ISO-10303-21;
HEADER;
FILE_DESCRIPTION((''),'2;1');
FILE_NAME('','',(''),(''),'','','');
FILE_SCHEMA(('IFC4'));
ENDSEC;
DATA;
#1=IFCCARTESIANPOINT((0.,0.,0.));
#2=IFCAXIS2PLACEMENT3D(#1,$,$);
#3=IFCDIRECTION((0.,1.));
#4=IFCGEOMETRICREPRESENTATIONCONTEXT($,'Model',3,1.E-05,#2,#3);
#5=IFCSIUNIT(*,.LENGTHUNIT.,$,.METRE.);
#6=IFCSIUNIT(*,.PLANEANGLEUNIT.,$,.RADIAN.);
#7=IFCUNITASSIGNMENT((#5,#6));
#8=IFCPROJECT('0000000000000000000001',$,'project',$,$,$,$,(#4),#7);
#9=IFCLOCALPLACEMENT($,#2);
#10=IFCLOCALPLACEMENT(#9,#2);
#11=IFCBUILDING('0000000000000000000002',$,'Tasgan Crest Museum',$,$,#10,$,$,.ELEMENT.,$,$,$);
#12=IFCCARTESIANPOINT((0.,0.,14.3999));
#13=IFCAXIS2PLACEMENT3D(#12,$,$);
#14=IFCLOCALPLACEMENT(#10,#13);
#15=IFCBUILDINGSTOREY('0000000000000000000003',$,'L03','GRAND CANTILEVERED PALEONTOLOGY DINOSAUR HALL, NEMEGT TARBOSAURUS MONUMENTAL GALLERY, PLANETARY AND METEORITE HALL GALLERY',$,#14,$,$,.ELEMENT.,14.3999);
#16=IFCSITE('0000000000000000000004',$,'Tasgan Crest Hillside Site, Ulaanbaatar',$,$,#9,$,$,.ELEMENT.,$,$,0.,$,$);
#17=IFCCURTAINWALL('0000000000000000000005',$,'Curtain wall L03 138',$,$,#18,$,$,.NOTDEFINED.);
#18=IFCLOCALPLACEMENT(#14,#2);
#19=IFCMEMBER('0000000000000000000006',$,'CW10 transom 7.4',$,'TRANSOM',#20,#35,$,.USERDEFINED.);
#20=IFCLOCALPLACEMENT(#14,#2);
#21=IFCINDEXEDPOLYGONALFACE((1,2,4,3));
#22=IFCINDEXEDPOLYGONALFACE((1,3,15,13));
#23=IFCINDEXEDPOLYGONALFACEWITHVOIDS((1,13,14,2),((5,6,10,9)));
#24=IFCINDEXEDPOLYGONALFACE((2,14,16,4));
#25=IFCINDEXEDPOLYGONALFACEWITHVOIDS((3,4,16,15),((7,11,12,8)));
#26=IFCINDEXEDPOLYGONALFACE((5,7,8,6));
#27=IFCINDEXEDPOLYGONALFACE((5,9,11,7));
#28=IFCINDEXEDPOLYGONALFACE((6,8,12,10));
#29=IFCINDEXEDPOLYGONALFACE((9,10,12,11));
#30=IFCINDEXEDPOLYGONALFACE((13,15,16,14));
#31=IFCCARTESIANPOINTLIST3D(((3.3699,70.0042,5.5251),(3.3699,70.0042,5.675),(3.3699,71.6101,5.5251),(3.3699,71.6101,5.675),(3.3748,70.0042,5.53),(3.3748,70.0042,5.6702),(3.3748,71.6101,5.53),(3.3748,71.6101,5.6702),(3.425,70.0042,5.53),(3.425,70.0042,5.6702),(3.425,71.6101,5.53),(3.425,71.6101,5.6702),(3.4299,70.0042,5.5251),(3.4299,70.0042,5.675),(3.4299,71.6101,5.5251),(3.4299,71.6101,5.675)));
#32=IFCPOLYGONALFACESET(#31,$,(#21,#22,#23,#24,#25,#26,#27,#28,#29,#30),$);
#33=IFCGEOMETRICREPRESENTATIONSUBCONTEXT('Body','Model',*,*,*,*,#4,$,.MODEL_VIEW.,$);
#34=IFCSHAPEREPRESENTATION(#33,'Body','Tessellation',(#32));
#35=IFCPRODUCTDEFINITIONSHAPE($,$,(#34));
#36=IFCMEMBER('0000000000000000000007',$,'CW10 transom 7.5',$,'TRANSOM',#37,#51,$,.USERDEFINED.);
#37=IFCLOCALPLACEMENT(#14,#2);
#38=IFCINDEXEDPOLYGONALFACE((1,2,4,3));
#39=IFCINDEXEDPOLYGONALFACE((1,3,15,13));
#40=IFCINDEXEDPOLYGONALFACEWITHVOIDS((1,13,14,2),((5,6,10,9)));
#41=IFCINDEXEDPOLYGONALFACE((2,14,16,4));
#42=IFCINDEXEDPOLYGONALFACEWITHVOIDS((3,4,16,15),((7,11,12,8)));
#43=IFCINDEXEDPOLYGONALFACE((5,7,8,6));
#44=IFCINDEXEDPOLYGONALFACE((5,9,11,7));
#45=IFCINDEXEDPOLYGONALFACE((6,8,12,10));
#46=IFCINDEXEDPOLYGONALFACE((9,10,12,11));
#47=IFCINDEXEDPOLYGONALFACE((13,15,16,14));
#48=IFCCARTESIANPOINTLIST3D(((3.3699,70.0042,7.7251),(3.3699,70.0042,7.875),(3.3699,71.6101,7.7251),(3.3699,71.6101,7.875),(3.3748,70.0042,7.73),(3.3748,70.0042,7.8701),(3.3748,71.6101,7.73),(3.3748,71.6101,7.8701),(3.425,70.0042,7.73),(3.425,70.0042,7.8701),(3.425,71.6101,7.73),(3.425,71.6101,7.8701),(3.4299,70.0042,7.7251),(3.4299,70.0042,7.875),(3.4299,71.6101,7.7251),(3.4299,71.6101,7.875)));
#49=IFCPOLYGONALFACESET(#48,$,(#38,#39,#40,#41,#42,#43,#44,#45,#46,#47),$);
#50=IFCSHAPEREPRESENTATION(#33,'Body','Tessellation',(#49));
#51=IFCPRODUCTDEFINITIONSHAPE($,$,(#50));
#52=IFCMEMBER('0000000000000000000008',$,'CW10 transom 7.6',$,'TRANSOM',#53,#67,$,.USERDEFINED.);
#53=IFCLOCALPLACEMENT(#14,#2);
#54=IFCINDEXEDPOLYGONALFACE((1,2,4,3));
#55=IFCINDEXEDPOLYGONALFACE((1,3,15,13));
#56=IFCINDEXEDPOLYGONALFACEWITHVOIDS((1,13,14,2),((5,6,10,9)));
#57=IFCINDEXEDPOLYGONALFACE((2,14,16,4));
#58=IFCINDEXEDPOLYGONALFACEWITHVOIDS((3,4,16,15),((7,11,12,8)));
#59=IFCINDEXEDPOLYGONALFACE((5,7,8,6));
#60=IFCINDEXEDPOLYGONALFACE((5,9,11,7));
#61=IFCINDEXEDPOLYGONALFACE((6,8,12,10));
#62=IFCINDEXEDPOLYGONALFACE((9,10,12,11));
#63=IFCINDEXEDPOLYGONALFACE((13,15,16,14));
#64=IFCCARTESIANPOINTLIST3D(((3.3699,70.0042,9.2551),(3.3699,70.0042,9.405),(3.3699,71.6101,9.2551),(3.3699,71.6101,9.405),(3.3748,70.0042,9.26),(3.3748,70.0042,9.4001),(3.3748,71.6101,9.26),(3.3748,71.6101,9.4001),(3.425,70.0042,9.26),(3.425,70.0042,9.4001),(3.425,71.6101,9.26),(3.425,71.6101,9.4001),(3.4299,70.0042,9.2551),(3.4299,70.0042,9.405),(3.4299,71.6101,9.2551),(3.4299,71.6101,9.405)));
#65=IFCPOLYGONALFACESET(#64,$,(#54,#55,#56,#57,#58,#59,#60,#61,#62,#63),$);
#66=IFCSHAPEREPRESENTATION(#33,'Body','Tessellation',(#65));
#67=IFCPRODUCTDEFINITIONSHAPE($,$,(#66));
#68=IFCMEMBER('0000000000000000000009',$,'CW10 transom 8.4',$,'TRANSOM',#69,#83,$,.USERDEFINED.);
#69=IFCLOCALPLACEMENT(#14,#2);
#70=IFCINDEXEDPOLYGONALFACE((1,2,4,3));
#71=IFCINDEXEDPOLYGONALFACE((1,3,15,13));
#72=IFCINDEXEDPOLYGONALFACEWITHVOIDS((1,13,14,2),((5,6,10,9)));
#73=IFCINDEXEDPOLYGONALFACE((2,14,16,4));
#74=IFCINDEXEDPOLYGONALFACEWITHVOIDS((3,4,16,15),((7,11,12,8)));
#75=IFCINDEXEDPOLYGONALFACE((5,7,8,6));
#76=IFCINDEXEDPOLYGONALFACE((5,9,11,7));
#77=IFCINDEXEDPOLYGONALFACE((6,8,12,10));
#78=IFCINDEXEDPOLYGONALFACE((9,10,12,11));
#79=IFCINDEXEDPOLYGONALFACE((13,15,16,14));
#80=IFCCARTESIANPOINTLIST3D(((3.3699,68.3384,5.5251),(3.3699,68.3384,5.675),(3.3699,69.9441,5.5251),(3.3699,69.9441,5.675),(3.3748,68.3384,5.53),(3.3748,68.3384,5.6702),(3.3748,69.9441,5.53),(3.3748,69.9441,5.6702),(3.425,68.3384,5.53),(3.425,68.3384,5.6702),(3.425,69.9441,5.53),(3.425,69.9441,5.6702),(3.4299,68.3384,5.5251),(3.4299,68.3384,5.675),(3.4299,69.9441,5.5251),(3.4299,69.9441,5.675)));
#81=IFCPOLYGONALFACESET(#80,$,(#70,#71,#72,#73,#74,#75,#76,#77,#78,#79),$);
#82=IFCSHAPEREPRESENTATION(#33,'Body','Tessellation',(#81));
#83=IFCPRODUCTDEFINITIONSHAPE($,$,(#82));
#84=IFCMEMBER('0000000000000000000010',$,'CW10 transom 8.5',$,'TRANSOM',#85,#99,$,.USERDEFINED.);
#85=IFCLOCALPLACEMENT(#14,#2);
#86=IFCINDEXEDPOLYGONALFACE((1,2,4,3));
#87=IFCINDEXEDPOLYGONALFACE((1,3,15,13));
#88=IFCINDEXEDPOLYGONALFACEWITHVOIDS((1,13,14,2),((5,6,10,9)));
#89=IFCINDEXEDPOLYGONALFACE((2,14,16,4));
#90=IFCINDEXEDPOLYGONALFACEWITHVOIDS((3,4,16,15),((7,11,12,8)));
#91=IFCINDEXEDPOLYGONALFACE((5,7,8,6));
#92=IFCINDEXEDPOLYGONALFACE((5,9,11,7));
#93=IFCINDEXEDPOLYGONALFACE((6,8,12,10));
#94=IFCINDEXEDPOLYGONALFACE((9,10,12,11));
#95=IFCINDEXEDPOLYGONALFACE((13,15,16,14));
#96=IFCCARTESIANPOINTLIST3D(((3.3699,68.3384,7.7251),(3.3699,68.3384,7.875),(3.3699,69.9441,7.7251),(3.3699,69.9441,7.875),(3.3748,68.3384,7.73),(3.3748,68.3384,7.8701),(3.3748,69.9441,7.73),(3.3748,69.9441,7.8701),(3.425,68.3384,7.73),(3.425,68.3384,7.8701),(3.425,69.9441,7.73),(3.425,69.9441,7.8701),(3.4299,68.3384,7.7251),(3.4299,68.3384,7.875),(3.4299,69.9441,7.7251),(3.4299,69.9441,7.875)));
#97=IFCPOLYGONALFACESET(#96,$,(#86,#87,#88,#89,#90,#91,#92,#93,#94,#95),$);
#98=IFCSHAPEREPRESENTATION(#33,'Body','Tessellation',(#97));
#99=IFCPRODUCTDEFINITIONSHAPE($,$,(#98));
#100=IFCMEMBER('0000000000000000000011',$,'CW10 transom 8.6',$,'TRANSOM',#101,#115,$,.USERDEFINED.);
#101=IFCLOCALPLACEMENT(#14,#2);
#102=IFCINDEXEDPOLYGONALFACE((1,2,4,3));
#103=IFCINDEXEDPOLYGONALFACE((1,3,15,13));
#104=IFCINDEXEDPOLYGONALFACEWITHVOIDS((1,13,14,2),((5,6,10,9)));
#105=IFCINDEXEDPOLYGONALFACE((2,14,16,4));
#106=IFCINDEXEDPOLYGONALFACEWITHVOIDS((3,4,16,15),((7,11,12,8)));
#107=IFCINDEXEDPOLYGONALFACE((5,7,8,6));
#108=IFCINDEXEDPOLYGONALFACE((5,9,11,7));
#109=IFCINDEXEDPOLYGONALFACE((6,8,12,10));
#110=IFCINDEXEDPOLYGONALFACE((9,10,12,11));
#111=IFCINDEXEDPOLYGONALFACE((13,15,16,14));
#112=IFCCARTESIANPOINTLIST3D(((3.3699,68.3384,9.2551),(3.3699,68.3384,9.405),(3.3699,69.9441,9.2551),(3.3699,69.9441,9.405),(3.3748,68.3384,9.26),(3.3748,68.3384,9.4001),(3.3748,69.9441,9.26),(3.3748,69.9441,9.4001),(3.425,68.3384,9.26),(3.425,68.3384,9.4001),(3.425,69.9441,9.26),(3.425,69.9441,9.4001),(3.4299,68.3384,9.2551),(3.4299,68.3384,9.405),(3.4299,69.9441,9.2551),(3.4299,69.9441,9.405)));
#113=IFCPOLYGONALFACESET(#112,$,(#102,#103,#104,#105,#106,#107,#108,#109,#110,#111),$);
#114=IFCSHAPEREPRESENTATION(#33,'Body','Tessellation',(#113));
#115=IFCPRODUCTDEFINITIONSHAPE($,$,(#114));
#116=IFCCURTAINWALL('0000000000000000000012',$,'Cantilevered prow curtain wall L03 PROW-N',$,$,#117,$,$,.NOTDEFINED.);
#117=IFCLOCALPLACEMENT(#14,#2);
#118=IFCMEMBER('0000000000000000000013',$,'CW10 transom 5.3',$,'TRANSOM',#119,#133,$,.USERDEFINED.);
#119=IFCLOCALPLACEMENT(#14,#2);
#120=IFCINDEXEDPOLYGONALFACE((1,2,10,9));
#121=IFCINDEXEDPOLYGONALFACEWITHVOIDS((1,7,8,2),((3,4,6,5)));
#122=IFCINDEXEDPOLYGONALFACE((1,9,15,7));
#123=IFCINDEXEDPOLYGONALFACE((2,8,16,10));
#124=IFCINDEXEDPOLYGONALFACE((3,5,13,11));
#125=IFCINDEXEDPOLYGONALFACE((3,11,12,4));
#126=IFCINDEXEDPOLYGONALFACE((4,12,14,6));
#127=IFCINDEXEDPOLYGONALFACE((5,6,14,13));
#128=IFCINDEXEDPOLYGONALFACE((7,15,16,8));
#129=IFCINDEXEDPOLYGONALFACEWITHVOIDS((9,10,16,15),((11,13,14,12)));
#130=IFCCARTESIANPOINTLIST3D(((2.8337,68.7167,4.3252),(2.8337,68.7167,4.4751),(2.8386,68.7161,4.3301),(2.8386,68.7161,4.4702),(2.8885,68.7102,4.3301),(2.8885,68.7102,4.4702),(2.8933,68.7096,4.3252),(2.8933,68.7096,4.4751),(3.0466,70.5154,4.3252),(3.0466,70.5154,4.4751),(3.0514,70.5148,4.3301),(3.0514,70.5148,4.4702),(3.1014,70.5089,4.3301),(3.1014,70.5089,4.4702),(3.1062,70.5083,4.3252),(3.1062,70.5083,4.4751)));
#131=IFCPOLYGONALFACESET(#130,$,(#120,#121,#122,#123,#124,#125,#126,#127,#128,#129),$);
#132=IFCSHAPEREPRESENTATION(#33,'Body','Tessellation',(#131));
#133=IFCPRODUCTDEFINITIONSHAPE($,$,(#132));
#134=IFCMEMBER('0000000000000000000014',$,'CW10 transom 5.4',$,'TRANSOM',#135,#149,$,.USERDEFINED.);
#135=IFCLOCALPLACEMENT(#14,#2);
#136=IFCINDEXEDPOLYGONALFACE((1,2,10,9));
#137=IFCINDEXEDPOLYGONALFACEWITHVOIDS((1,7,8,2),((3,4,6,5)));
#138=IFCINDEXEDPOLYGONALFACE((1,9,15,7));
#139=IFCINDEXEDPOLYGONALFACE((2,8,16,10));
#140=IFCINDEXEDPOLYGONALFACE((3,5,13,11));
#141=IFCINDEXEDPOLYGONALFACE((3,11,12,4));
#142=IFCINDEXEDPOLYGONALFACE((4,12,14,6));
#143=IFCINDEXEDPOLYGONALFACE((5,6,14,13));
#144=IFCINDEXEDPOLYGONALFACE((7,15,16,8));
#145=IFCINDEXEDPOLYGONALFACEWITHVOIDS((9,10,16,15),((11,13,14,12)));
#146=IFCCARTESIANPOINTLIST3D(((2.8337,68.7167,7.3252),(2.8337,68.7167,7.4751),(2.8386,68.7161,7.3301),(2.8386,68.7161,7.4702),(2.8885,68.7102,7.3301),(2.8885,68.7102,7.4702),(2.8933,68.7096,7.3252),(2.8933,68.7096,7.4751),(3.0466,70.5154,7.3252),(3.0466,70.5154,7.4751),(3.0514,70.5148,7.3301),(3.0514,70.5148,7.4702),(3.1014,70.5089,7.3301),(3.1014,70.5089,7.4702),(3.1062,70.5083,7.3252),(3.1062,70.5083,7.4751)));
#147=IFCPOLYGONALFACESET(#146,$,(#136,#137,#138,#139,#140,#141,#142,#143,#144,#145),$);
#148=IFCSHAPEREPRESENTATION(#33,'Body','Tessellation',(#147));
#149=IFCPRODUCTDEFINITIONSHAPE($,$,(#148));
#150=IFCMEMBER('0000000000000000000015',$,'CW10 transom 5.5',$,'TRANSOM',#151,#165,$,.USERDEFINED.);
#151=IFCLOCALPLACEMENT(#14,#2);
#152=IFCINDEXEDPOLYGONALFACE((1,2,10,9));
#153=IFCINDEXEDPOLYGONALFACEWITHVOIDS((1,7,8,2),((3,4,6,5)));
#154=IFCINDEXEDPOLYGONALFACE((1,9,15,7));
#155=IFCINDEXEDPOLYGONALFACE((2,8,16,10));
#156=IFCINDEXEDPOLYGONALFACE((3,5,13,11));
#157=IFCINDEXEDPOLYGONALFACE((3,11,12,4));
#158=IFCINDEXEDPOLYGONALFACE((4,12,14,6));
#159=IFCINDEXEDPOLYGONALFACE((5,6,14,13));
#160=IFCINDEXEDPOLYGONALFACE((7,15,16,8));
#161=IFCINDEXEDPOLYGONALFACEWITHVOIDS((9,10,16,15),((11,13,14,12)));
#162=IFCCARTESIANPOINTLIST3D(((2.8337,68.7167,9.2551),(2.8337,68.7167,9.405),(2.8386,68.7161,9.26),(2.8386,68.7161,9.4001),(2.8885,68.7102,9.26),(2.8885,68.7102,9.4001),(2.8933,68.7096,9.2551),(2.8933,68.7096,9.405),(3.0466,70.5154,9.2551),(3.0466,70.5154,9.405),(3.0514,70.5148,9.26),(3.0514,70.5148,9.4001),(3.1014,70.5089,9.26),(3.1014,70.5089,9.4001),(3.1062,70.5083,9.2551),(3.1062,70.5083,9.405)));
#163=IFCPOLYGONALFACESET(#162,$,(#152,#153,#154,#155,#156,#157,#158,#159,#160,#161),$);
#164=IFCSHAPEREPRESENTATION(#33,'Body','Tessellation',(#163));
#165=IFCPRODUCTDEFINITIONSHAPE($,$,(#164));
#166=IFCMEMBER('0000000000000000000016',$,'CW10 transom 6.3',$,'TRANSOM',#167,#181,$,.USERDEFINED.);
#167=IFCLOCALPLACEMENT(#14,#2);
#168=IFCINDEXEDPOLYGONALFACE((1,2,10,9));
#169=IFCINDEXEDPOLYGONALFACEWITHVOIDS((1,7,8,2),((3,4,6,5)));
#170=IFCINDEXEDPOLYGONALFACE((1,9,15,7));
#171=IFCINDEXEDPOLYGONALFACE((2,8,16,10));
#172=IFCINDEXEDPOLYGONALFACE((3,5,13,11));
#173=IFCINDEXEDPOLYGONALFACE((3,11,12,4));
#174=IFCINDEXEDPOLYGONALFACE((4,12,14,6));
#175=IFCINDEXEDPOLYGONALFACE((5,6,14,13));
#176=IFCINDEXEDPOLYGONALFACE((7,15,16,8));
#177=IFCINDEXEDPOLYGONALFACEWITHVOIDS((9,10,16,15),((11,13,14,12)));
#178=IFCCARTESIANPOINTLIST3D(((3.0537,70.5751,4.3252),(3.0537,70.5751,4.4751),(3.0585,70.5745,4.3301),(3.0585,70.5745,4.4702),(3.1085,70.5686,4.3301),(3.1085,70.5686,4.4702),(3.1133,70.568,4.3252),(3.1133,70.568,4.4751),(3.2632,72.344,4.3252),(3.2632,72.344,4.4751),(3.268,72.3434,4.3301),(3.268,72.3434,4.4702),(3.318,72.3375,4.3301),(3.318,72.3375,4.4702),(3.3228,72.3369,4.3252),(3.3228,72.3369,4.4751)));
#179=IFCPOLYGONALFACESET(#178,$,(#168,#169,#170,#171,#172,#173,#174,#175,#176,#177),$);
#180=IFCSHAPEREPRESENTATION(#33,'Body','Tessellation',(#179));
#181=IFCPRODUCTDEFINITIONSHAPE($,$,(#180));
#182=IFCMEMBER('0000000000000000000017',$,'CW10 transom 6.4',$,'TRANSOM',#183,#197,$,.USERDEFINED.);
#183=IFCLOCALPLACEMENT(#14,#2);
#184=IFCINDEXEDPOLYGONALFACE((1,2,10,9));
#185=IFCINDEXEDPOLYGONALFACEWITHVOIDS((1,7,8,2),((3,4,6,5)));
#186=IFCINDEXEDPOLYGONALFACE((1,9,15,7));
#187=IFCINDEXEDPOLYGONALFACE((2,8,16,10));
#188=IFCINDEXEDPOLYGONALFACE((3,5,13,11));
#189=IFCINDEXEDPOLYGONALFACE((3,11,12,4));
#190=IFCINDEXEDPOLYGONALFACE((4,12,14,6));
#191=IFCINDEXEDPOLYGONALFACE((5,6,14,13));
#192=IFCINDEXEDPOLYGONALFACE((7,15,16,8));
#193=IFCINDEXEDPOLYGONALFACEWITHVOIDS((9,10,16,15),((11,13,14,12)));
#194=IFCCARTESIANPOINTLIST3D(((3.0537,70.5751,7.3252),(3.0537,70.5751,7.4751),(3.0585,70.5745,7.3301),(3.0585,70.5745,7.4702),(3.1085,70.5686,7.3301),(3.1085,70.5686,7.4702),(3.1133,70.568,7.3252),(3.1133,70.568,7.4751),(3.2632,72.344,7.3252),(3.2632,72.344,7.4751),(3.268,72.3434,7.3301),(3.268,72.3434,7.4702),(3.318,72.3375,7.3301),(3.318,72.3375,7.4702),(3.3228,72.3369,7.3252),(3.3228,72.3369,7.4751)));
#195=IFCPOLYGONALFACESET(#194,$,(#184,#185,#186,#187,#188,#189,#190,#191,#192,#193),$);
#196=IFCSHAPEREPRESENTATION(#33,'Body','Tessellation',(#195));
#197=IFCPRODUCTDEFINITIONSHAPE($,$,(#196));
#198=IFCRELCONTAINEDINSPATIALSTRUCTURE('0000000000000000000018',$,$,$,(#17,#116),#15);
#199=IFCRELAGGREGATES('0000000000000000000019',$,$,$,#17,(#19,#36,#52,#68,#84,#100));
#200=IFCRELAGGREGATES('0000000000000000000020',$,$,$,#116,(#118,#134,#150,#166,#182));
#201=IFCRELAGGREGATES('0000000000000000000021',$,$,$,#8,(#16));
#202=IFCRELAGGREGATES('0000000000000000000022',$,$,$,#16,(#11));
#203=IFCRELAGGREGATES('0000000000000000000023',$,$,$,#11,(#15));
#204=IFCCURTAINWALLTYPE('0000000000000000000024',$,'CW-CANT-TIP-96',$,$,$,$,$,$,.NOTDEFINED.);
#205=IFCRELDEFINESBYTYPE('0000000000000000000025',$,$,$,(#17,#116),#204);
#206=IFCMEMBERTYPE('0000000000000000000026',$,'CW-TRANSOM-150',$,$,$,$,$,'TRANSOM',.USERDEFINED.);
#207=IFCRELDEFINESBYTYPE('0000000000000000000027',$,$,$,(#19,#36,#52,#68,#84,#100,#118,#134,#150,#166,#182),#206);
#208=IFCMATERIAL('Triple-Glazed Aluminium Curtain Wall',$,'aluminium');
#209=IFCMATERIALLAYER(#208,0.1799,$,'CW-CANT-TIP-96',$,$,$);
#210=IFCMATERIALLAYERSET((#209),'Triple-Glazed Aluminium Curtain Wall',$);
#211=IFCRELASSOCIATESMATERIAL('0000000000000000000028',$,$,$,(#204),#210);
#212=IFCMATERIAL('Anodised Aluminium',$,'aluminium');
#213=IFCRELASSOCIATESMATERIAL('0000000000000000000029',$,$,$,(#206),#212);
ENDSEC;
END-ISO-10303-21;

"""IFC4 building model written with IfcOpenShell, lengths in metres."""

from ifc_helpers import new_model, si_unit, direction, frame, origin, origin_2d, place, context, subcontext, project, spatial, hollow_rectangle, extrude, material, layer, layer_set, material_profile, profile_set, type_object, element, aggregate, save


model = new_model("IFC4")

# Units and contexts
model_context = context("Model", 3, precision=1e-05, world=origin(), true_north=direction((0.0, 1.0)))
body_context = subcontext(model_context, "Body", "Model", "MODEL_VIEW")
ifc_project = project(units=[si_unit("LENGTHUNIT", "METRE"), si_unit("PLANEANGLEUNIT", "RADIAN")], contexts=[model_context])

# Site, building, storey
site_placement = place(None, origin())
site = spatial("IfcSite", under=ifc_project, at=site_placement, Name="Tasgan Crest Hillside Site, Ulaanbaatar", CompositionType="ELEMENT", RefElevation=0.0)
building_placement = place(site_placement, origin())
building = spatial("IfcBuilding", under=site, at=building_placement, Name="Tasgan Crest Museum", CompositionType="ELEMENT")
storey_placement = place(building_placement, frame((0.0, 0.0, 14.3999)))
storey = spatial("IfcBuildingStorey", under=building, at=storey_placement, Name="L03", Description="GRAND CANTILEVERED PALEONTOLOGY DINOSAUR HALL, NEMEGT TARBOSAURUS MONUMENTAL GALLERY, PLANETARY AND METEORITE HALL GALLERY", CompositionType="ELEMENT", Elevation=14.3999)

# Curtain walls, members
ifc_material_1 = material(Name="Triple-Glazed Aluminium Curtain Wall", Category="aluminium")
ifc_layer_1 = layer(ifc_material_1, 0.1799, Name="CW-CANT-TIP-96")
ifc_layer_set_1 = layer_set([ifc_layer_1], Name="Triple-Glazed Aluminium Curtain Wall")
curtain_wall_type = type_object("IfcCurtainWallType", Name="CW-CANT-TIP-96", PredefinedType="NOTDEFINED", material=ifc_layer_set_1)
curtain_wall_1_placement = place(storey_placement, origin())
curtain_wall_1 = element("IfcCurtainWall", 1, at=curtain_wall_1_placement, inside=storey, type_object=curtain_wall_type, Name="Curtain wall L03 138", PredefinedType="NOTDEFINED")
ifc_material_2 = material(Name="Anodised Aluminium", Category="aluminium")
ifc_material_profile = material_profile(ifc_material_2, hollow_rectangle(XDim=0.0601, YDim=0.1499, WallThickness=0.0049, at=origin_2d()), Name="ALU TRANSOM 150x60x5")
ifc_profile_set = profile_set([ifc_material_profile], Name="Anodised Aluminium")
member_type = type_object("IfcMemberType", Name="CW-TRANSOM-150", ElementType="TRANSOM", PredefinedType="USERDEFINED", material=ifc_profile_set)
member_1_placement = place(storey_placement, frame((3.3999, 71.6101, 5.6001), z_axis=(0.0, -1.0, 0.0), x_axis=(1.0, 0.0, 0.0)))
member_1 = element("IfcMember", 2, at=member_1_placement, type_object=member_type, Name="CW10 transom 7.4", ObjectType="TRANSOM", PredefinedType="USERDEFINED", context=body_context, shape_type="SweptSolid", body=[
    extrude(hollow_rectangle(XDim=0.0601, YDim=0.1499, WallThickness=0.0049, at=origin_2d()), origin(), (0.0, 0.0, 1.0), 1.606),
])
member_2_placement = place(storey_placement, frame((3.3999, 71.6101, 7.8), z_axis=(0.0, -1.0, 0.0), x_axis=(1.0, 0.0, 0.0)))
member_2 = element("IfcMember", 3, at=member_2_placement, type_object=member_type, Name="CW10 transom 7.5", ObjectType="TRANSOM", PredefinedType="USERDEFINED", context=body_context, shape_type="SweptSolid", body=[
    extrude(hollow_rectangle(XDim=0.0601, YDim=0.1499, WallThickness=0.0049, at=origin_2d()), origin(), (0.0, 0.0, 1.0), 1.606),
])
member_3_placement = place(storey_placement, frame((3.3999, 71.6101, 9.3301), z_axis=(0.0, -1.0, 0.0), x_axis=(1.0, 0.0, 0.0)))
member_3 = element("IfcMember", 4, at=member_3_placement, type_object=member_type, Name="CW10 transom 7.6", ObjectType="TRANSOM", PredefinedType="USERDEFINED", context=body_context, shape_type="SweptSolid", body=[
    extrude(hollow_rectangle(XDim=0.0601, YDim=0.1499, WallThickness=0.0049, at=origin_2d()), origin(), (0.0, 0.0, 1.0), 1.606),
])
member_4_placement = place(storey_placement, frame((3.3999, 69.9441, 5.6001), z_axis=(0.0, -1.0, 0.0), x_axis=(1.0, 0.0, 0.0)))
member_4 = element("IfcMember", 5, at=member_4_placement, type_object=member_type, Name="CW10 transom 8.4", ObjectType="TRANSOM", PredefinedType="USERDEFINED", context=body_context, shape_type="SweptSolid", body=[
    extrude(hollow_rectangle(XDim=0.0601, YDim=0.1499, WallThickness=0.0049, at=origin_2d()), origin(), (0.0, 0.0, 1.0), 1.6057),
])
member_5_placement = place(storey_placement, frame((3.3999, 69.9441, 7.8), z_axis=(0.0, -1.0, 0.0), x_axis=(1.0, 0.0, 0.0)))
member_5 = element("IfcMember", 6, at=member_5_placement, type_object=member_type, Name="CW10 transom 8.5", ObjectType="TRANSOM", PredefinedType="USERDEFINED", context=body_context, shape_type="SweptSolid", body=[
    extrude(hollow_rectangle(XDim=0.0601, YDim=0.1499, WallThickness=0.0049, at=origin_2d()), origin(), (0.0, 0.0, 1.0), 1.6057),
])
member_6_placement = place(storey_placement, frame((3.3999, 69.9441, 9.3301), z_axis=(0.0, -1.0, 0.0), x_axis=(1.0, 0.0, 0.0)))
member_6 = element("IfcMember", 7, at=member_6_placement, type_object=member_type, Name="CW10 transom 8.6", ObjectType="TRANSOM", PredefinedType="USERDEFINED", context=body_context, shape_type="SweptSolid", body=[
    extrude(hollow_rectangle(XDim=0.0601, YDim=0.1499, WallThickness=0.0049, at=origin_2d()), origin(), (0.0, 0.0, 1.0), 1.6057),
])
curtain_wall_2_placement = place(storey_placement, origin())
curtain_wall_2 = element("IfcCurtainWall", 8, at=curtain_wall_2_placement, inside=storey, type_object=curtain_wall_type, Name="Cantilevered prow curtain wall L03 PROW-N", PredefinedType="NOTDEFINED")
member_7_placement = place(storey_placement, frame((2.8635, 68.7131, 4.4001), z_axis=(0.117529, 0.993069, 0.0), x_axis=(-0.993069, 0.117529, 0.0)))
member_7 = element("IfcMember", 9, at=member_7_placement, type_object=member_type, Name="CW10 transom 5.3", ObjectType="TRANSOM", PredefinedType="USERDEFINED", context=body_context, shape_type="SweptSolid", body=[
    extrude(hollow_rectangle(XDim=0.0601, YDim=0.1499, WallThickness=0.0049, at=origin_2d()), origin(), (0.0, 0.0, 1.0), 1.8113),
])
member_8_placement = place(storey_placement, frame((2.8635, 68.7131, 7.4001), z_axis=(0.117529, 0.993069, 0.0), x_axis=(-0.993069, 0.117529, 0.0)))
member_8 = element("IfcMember", 10, at=member_8_placement, type_object=member_type, Name="CW10 transom 5.4", ObjectType="TRANSOM", PredefinedType="USERDEFINED", context=body_context, shape_type="SweptSolid", body=[
    extrude(hollow_rectangle(XDim=0.0601, YDim=0.1499, WallThickness=0.0049, at=origin_2d()), origin(), (0.0, 0.0, 1.0), 1.8113),
])
member_9_placement = place(storey_placement, frame((2.8635, 68.7131, 9.3301), z_axis=(0.117529, 0.993069, 0.0), x_axis=(-0.993069, 0.117529, 0.0)))
member_9 = element("IfcMember", 11, at=member_9_placement, type_object=member_type, Name="CW10 transom 5.5", ObjectType="TRANSOM", PredefinedType="USERDEFINED", context=body_context, shape_type="SweptSolid", body=[
    extrude(hollow_rectangle(XDim=0.0601, YDim=0.1499, WallThickness=0.0049, at=origin_2d()), origin(), (0.0, 0.0, 1.0), 1.8113),
])
member_10_placement = place(storey_placement, frame((3.0835, 70.5715, 4.4001), z_axis=(0.117605, 0.99306, 0.0), x_axis=(-0.99306, 0.117605, 0.0)))
member_10 = element("IfcMember", 12, at=member_10_placement, type_object=member_type, Name="CW10 transom 6.3", ObjectType="TRANSOM", PredefinedType="USERDEFINED", context=body_context, shape_type="SweptSolid", body=[
    extrude(hollow_rectangle(XDim=0.0601, YDim=0.1499, WallThickness=0.0049, at=origin_2d()), origin(), (0.0, 0.0, 1.0), 1.7812),
])
member_11_placement = place(storey_placement, frame((3.0835, 70.5715, 7.4001), z_axis=(0.117605, 0.99306, 0.0), x_axis=(-0.99306, 0.117605, 0.0)))
member_11 = element("IfcMember", 13, at=member_11_placement, type_object=member_type, Name="CW10 transom 6.4", ObjectType="TRANSOM", PredefinedType="USERDEFINED", context=body_context, shape_type="SweptSolid", body=[
    extrude(hollow_rectangle(XDim=0.0601, YDim=0.1499, WallThickness=0.0049, at=origin_2d()), origin(), (0.0, 0.0, 1.0), 1.7812),
])

aggregate(curtain_wall_1, [member_1, member_2, member_3, member_4, member_5, member_6])
aggregate(curtain_wall_2, [member_7, member_8, member_9, member_10, member_11])

save(model, "model.ifc")
